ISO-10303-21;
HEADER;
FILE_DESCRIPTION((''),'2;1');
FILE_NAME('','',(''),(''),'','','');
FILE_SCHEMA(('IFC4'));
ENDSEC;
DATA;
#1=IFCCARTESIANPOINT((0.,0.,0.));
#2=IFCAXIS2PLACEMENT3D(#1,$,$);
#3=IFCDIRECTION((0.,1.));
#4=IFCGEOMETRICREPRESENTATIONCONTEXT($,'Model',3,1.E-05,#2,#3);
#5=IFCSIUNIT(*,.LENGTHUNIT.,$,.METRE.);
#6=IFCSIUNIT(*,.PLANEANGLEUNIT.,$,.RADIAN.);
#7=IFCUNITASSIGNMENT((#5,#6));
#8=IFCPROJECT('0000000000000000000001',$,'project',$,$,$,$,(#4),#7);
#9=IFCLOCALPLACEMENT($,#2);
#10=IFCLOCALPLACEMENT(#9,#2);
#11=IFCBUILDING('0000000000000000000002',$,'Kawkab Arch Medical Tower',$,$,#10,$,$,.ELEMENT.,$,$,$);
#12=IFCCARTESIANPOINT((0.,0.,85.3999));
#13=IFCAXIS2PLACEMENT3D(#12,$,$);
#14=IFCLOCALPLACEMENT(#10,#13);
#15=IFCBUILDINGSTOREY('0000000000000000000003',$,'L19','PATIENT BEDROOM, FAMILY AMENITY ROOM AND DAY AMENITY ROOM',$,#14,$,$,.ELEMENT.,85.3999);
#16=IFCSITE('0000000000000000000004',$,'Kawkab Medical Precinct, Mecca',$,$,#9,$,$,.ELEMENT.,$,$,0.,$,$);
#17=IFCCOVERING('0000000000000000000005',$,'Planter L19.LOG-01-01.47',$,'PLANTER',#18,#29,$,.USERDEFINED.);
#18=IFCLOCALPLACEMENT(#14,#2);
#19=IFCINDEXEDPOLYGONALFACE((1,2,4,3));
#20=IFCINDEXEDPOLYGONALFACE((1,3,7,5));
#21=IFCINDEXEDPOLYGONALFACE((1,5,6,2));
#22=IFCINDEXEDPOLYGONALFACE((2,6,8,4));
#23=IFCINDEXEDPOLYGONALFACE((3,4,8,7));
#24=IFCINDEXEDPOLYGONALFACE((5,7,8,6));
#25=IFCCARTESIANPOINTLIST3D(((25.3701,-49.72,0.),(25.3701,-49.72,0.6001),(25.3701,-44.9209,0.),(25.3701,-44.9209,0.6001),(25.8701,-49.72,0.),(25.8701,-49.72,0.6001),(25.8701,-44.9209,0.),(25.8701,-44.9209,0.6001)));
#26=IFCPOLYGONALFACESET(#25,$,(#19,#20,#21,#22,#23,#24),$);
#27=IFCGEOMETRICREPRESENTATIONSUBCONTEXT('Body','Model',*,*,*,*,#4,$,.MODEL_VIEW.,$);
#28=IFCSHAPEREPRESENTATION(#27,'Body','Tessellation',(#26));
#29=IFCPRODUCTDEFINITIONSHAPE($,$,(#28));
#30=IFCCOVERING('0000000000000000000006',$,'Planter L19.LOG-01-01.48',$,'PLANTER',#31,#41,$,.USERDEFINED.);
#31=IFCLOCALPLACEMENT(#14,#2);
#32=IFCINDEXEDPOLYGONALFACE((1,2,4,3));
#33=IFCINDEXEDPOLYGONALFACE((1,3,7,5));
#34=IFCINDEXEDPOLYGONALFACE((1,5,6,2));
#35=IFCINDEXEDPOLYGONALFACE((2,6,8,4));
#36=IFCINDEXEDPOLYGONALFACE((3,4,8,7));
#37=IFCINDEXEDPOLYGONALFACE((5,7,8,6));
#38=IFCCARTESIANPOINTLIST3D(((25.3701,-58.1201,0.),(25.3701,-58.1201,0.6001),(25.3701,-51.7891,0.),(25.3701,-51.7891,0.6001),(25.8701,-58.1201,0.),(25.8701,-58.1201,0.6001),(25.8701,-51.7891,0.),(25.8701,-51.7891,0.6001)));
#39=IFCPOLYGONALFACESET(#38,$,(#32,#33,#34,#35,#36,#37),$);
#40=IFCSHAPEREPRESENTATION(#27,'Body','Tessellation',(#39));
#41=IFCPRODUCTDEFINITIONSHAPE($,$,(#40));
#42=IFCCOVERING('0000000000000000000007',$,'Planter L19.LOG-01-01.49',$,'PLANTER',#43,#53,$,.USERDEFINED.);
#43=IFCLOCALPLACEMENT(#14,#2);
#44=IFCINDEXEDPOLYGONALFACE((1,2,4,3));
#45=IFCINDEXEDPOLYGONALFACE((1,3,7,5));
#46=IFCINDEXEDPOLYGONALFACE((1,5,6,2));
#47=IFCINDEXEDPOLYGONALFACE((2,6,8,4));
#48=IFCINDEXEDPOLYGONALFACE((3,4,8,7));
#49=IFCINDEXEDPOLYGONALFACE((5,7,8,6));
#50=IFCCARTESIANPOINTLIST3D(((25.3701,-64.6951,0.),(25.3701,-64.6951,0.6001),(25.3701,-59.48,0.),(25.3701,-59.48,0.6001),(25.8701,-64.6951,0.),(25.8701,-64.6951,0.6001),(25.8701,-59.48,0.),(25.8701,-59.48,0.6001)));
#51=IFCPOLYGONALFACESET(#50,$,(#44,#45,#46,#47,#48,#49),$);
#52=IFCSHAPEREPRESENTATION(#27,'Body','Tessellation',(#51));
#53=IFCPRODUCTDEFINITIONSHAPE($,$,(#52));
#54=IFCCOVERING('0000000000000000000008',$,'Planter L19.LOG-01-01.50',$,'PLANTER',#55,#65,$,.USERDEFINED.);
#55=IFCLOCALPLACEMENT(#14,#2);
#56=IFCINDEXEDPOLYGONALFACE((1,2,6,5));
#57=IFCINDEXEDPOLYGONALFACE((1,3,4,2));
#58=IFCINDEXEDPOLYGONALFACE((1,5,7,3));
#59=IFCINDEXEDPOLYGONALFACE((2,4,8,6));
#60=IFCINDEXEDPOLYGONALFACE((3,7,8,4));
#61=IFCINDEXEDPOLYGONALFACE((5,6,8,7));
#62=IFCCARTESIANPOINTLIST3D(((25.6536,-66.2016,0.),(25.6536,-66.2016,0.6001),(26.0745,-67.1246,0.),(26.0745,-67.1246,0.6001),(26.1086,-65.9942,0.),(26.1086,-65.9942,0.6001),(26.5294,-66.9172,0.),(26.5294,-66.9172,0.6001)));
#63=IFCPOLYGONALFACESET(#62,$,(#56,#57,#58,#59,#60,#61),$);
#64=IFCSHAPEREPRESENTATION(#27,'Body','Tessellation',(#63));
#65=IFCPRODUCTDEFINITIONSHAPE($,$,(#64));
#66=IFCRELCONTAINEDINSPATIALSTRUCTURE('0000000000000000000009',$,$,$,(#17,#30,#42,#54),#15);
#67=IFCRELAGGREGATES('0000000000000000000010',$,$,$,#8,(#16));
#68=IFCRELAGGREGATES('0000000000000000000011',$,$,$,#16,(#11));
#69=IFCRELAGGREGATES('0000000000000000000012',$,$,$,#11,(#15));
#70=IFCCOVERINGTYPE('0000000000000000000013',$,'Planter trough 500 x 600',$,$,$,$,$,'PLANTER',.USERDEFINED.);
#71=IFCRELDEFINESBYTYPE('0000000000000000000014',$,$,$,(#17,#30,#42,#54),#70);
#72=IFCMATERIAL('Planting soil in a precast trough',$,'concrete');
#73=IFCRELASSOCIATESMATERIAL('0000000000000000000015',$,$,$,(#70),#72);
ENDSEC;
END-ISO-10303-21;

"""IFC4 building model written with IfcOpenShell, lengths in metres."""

from ifc_helpers import new_model, si_unit, direction, frame, origin, origin_2d, place, context, subcontext, project, spatial, rectangle, extrude, material, material_profile, profile_set, type_object, element, save


model = new_model("IFC4")

# Units and contexts
model_context = context("Model", 3, precision=1e-05, world=origin(), true_north=direction((0.0, 1.0)))
body_context = subcontext(model_context, "Body", "Model", "MODEL_VIEW")
ifc_project = project(units=[si_unit("LENGTHUNIT", "METRE"), si_unit("PLANEANGLEUNIT", "RADIAN")], contexts=[model_context])

# Site, building, storey
site_placement = place(None, origin())
site = spatial("IfcSite", under=ifc_project, at=site_placement, Name="Kawkab Medical Precinct, Mecca", CompositionType="ELEMENT", RefElevation=0.0)
building_placement = place(site_placement, origin())
building = spatial("IfcBuilding", under=site, at=building_placement, Name="Kawkab Arch Medical Tower", CompositionType="ELEMENT")
storey_placement = place(building_placement, frame((0.0, 0.0, 85.3999)))
storey = spatial("IfcBuildingStorey", under=building, at=storey_placement, Name="L19", Description="PATIENT BEDROOM, FAMILY AMENITY ROOM AND DAY AMENITY ROOM", CompositionType="ELEMENT", Elevation=85.3999)

# Coverings
ifc_material_1 = material(Name="Planting soil in a precast trough", Category="concrete")
ifc_material_profile_1 = material_profile(ifc_material_1, rectangle(XDim=0.5, YDim=0.6001, at=origin_2d()), Name="Trough 500x600")
ifc_profile_set_1 = profile_set([ifc_material_profile_1], Name="Planting soil in a precast trough")
covering_type_1 = type_object("IfcCoveringType", Name="Planter trough 500 x 600", ElementType="PLANTER", PredefinedType="USERDEFINED", material=ifc_profile_set_1)
covering_1_placement = place(storey_placement, frame((25.6201, -44.9209, 0.3), z_axis=(0.0, -1.0, 0.0), x_axis=(1.0, 0.0, 0.0)))
element("IfcCovering", 1, at=covering_1_placement, inside=storey, type_object=covering_type_1, Name="Planter L19.LOG-01-01.47", ObjectType="PLANTER", PredefinedType="USERDEFINED", context=body_context, shape_type="SweptSolid", body=[
    extrude(rectangle(XDim=0.5, YDim=0.6001, at=origin_2d()), origin(), (0.0, 0.0, 1.0), 4.7991),
])
covering_2_placement = place(storey_placement, frame((25.6201, -51.7891, 0.3), z_axis=(0.0, -1.0, 0.0), x_axis=(1.0, 0.0, 0.0)))
element("IfcCovering", 2, at=covering_2_placement, inside=storey, type_object=covering_type_1, Name="Planter L19.LOG-01-01.48", ObjectType="PLANTER", PredefinedType="USERDEFINED", context=body_context, shape_type="SweptSolid", body=[
    extrude(rectangle(XDim=0.5, YDim=0.6001, at=origin_2d()), origin(), (0.0, 0.0, 1.0), 6.3311),
])
covering_3_placement = place(storey_placement, frame((25.6201, -59.48, 0.3), z_axis=(0.0, -1.0, 0.0), x_axis=(1.0, 0.0, 0.0)))
element("IfcCovering", 3, at=covering_3_placement, inside=storey, type_object=covering_type_1, Name="Planter L19.LOG-01-01.49", ObjectType="PLANTER", PredefinedType="USERDEFINED", context=body_context, shape_type="SweptSolid", body=[
    extrude(rectangle(XDim=0.5, YDim=0.6001, at=origin_2d()), origin(), (0.0, 0.0, 1.0), 5.2151),
])
covering_4_placement = place(storey_placement, frame((25.8811, -66.0979, 0.3), z_axis=(0.414872, -0.90988, 0.0), x_axis=(0.90988, 0.414872, 0.0)))
element("IfcCovering", 4, at=covering_4_placement, inside=storey, type_object=covering_type_1, Name="Planter L19.LOG-01-01.50", ObjectType="PLANTER", PredefinedType="USERDEFINED", context=body_context, shape_type="SweptSolid", body=[
    extrude(rectangle(XDim=0.5, YDim=0.6001, at=origin_2d()), origin(), (0.0, 0.0, 1.0), 1.0144),
])

save(model, "model.ifc")
